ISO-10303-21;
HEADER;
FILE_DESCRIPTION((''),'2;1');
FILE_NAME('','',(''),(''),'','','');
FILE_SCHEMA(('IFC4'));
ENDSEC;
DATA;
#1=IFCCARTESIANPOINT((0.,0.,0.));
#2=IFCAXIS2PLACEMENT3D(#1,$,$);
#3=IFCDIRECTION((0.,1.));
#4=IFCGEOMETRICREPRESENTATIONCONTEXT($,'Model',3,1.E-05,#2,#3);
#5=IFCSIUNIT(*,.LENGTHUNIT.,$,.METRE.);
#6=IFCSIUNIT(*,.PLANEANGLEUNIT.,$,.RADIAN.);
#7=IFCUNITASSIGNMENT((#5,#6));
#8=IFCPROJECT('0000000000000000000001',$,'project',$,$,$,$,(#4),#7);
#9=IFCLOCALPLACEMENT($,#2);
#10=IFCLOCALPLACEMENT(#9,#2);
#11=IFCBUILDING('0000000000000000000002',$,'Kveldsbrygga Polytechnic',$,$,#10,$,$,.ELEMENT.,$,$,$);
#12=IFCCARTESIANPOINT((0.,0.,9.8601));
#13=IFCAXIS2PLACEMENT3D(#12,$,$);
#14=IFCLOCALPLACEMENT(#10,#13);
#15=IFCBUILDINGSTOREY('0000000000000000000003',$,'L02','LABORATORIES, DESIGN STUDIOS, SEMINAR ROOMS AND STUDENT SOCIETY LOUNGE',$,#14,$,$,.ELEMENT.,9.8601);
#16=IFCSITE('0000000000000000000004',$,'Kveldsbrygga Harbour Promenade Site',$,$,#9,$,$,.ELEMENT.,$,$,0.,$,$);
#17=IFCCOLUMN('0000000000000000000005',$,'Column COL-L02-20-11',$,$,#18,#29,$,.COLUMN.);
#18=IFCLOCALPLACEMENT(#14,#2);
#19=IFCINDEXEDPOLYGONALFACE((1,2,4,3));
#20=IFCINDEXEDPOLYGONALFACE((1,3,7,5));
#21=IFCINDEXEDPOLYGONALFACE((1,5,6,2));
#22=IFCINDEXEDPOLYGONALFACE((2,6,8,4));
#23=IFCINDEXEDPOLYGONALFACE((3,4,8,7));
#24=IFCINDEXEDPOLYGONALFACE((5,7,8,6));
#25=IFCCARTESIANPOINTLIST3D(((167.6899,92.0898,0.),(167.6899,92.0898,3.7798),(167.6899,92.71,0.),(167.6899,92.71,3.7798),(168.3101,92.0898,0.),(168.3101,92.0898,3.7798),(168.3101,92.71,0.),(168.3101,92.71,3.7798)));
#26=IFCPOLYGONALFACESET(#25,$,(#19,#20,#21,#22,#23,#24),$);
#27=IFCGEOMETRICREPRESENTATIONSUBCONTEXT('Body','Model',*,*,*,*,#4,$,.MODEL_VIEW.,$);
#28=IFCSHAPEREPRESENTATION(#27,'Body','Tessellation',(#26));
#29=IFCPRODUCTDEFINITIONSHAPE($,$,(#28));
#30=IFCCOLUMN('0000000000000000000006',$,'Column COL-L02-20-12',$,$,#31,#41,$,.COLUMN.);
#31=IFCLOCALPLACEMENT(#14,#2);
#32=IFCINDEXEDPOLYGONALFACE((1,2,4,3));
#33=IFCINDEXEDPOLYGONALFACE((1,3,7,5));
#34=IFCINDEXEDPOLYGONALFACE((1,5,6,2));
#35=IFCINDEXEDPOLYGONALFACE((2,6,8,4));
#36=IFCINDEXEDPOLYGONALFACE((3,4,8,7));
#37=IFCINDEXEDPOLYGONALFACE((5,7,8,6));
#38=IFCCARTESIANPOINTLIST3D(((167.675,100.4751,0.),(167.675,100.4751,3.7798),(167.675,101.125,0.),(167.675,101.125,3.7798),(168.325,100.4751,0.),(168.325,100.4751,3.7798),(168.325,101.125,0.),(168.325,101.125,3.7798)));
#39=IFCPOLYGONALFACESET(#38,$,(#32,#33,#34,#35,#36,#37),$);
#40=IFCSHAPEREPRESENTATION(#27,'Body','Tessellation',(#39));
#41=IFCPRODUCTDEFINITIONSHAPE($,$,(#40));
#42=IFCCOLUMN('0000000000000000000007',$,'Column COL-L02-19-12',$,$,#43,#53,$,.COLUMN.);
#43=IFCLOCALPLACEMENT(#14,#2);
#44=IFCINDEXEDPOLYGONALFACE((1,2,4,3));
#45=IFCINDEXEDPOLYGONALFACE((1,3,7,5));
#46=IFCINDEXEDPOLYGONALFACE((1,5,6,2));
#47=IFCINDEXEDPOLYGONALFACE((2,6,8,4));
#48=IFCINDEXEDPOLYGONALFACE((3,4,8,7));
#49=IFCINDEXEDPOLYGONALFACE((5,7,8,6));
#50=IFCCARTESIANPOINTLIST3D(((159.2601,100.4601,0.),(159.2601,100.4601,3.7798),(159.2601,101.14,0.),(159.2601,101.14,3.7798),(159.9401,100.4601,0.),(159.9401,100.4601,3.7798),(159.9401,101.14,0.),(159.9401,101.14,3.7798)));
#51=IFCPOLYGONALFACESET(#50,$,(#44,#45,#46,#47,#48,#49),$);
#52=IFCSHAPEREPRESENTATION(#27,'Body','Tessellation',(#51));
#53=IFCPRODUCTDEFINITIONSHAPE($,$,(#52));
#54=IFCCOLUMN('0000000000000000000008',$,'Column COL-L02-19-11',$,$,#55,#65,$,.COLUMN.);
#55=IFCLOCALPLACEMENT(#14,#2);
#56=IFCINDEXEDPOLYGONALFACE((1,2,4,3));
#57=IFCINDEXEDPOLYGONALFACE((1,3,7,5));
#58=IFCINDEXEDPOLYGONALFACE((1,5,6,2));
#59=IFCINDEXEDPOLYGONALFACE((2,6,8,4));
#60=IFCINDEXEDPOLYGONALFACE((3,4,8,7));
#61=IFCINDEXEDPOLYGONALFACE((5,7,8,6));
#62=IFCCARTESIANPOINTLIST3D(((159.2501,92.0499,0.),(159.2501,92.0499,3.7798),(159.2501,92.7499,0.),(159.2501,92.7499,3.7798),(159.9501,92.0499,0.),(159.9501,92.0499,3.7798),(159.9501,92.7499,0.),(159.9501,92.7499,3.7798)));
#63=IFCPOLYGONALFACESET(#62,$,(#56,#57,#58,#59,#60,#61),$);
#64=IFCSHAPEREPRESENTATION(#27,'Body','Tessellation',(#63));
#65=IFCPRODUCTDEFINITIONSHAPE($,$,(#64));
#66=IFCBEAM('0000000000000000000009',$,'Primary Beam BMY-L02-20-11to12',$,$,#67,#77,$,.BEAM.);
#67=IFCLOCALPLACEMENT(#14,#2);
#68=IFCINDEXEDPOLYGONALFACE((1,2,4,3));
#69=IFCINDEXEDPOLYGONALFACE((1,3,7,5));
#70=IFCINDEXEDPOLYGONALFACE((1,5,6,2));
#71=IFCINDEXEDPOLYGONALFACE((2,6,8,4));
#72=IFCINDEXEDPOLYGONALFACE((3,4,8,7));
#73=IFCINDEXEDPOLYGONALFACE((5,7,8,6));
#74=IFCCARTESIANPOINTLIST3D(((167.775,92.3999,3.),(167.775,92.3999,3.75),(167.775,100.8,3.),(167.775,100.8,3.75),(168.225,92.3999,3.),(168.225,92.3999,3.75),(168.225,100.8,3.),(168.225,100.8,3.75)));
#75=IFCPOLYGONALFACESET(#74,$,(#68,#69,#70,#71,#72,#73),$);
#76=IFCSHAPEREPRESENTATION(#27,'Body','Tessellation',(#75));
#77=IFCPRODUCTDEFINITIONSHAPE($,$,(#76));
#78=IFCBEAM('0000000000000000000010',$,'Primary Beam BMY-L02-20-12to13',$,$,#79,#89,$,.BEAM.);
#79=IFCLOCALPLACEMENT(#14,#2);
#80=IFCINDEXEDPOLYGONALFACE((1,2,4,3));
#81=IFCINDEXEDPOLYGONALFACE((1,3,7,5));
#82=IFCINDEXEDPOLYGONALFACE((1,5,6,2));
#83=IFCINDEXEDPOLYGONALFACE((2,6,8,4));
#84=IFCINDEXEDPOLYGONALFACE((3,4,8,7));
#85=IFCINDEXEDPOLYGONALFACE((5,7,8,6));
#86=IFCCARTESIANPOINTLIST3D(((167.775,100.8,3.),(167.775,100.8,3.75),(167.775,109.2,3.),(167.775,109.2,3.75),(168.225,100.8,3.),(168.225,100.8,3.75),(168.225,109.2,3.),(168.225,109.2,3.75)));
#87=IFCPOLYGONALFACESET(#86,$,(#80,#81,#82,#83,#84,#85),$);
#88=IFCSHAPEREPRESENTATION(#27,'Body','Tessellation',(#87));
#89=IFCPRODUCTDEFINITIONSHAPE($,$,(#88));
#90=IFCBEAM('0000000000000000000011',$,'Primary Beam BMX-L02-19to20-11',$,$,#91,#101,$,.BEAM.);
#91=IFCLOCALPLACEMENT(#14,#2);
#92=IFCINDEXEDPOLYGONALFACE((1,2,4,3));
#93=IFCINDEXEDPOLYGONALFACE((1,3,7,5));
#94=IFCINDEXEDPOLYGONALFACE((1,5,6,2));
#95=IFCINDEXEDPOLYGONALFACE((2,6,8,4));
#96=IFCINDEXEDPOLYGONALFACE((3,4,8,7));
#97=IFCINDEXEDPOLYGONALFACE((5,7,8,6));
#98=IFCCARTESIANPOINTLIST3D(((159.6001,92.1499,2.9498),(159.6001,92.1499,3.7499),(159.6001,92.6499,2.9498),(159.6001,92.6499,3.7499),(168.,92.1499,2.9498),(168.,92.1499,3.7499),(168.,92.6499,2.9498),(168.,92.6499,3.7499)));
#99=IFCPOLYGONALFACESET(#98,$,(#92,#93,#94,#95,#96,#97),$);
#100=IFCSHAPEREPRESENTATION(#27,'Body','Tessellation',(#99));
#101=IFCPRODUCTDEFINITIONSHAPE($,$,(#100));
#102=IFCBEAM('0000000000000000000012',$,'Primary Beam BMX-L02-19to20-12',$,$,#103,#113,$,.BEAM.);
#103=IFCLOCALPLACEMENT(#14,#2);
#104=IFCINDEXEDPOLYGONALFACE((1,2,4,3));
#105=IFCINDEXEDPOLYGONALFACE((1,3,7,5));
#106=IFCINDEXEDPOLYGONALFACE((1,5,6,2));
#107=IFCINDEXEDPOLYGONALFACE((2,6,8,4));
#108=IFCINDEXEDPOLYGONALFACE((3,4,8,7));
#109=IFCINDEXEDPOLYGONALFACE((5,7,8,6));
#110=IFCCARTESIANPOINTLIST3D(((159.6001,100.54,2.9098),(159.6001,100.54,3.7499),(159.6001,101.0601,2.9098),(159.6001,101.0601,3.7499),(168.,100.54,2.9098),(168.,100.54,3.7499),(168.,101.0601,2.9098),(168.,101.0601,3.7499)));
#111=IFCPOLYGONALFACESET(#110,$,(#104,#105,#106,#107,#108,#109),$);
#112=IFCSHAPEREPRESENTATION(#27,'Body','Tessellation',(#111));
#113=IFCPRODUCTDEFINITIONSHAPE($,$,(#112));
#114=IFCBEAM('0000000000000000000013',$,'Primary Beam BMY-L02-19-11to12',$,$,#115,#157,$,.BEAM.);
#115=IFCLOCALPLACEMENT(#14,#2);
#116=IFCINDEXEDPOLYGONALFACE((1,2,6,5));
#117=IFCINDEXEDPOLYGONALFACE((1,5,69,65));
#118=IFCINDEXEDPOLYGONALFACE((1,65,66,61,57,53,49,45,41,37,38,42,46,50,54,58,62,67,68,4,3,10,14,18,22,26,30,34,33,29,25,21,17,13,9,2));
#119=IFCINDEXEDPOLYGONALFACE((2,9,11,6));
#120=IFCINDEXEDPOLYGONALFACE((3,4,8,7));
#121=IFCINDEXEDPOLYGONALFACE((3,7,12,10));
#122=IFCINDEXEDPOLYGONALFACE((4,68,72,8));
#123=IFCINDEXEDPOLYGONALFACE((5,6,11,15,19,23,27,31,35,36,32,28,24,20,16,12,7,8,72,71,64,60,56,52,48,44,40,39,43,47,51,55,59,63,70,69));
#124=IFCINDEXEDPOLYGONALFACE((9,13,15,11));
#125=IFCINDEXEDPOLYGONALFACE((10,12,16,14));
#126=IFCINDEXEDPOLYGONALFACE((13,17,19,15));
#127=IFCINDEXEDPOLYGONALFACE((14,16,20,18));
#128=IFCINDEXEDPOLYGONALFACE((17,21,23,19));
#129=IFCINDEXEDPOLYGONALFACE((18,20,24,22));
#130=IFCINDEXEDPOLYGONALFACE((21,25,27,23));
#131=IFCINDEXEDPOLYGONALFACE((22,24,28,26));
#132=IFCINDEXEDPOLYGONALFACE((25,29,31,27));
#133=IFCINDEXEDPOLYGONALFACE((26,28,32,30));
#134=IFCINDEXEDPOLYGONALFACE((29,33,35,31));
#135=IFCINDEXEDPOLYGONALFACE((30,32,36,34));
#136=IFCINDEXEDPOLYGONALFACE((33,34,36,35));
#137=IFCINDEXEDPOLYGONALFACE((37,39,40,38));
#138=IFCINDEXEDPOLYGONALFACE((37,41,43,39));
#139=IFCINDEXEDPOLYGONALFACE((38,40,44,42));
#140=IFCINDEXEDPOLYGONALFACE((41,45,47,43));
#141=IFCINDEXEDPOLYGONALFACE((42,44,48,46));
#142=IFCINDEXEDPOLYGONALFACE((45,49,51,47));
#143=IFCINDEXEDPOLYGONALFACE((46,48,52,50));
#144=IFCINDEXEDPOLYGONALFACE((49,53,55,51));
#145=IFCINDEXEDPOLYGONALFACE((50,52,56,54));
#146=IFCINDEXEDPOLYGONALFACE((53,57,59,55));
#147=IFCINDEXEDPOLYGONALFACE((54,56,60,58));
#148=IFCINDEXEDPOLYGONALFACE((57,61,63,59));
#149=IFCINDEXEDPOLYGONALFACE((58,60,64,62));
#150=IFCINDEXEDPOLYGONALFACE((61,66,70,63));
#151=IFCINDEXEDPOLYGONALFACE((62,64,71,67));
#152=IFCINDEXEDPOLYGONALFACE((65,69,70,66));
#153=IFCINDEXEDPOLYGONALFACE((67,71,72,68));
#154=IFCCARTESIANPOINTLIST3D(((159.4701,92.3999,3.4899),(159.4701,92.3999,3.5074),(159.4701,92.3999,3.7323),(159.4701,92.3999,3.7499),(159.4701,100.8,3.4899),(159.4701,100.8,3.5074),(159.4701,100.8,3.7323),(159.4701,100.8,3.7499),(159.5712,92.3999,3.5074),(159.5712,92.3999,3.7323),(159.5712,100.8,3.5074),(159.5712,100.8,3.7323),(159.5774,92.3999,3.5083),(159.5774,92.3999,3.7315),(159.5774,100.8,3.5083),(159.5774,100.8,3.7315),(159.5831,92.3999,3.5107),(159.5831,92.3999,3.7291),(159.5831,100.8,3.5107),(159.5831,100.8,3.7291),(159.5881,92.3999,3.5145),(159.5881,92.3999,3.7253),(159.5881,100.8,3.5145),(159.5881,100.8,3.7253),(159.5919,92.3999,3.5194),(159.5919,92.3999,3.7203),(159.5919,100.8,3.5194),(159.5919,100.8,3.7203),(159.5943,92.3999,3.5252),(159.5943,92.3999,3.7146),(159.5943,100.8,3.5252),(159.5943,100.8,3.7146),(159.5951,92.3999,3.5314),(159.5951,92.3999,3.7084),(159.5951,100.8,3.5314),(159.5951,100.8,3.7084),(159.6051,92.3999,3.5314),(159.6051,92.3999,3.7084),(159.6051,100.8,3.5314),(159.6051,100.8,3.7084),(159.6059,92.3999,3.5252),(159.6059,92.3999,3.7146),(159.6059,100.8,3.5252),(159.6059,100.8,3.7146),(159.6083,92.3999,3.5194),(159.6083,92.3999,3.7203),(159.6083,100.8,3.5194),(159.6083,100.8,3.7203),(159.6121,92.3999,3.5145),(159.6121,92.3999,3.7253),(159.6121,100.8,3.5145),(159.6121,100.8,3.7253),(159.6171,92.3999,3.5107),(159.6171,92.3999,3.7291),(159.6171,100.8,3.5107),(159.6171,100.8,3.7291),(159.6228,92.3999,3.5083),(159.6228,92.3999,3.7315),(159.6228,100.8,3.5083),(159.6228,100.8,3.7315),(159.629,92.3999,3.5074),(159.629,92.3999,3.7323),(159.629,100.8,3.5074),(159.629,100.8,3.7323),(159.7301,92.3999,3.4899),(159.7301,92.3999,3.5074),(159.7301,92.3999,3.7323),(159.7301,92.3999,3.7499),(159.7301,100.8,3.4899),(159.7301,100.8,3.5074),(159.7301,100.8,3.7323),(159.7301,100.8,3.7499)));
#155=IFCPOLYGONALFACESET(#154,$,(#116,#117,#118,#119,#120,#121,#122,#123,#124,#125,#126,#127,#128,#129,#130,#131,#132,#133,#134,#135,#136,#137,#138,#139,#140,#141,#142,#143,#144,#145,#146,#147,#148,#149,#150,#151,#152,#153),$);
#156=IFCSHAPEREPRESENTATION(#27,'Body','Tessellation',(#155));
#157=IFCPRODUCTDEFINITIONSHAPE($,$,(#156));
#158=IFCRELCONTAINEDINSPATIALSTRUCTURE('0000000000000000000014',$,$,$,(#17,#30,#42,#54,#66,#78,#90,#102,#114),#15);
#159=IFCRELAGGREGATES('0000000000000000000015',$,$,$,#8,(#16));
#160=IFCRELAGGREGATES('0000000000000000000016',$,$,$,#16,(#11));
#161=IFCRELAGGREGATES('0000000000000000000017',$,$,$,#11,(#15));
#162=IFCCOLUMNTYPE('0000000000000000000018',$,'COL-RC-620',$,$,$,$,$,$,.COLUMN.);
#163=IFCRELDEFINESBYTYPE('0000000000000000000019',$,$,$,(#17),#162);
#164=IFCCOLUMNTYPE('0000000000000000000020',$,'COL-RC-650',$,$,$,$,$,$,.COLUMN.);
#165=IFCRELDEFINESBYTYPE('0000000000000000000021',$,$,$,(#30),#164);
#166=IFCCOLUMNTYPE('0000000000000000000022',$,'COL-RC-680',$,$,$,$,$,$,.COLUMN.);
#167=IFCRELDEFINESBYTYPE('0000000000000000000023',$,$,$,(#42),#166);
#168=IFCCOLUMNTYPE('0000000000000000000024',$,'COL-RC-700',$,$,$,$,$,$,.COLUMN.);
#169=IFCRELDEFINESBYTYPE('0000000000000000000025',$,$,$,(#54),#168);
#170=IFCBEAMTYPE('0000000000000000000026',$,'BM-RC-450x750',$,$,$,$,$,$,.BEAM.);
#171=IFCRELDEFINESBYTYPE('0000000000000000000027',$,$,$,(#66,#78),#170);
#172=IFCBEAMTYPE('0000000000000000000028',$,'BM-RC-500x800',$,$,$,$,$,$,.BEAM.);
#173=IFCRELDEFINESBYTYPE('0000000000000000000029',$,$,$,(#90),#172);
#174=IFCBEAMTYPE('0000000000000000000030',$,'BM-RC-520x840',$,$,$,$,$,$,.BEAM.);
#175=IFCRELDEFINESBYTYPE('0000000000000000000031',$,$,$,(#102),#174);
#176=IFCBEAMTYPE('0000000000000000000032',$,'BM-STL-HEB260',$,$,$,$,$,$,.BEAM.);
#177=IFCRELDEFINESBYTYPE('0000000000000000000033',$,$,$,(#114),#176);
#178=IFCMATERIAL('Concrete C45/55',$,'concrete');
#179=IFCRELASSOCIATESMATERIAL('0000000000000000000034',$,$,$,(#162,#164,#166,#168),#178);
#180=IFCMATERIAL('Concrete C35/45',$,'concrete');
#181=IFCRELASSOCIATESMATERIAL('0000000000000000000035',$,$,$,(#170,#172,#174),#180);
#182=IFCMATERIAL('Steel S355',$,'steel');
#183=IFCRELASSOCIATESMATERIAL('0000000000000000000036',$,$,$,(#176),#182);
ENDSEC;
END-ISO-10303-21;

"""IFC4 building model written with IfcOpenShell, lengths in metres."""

from ifc_helpers import new_model, si_unit, direction, frame, origin, origin_2d, place, context, subcontext, project, spatial, rectangle, i_section, extrude, material, material_profile, profile_set, type_object, element, save


model = new_model("IFC4")

# Units and contexts
model_context = context("Model", 3, precision=1e-05, world=origin(), true_north=direction((0.0, 1.0)))
body_context = subcontext(model_context, "Body", "Model", "MODEL_VIEW")
ifc_project = project(units=[si_unit("LENGTHUNIT", "METRE"), si_unit("PLANEANGLEUNIT", "RADIAN")], contexts=[model_context])

# Site, building, storey
site_placement = place(None, origin())
site = spatial("IfcSite", under=ifc_project, at=site_placement, Name="Kveldsbrygga Harbour Promenade Site", CompositionType="ELEMENT", RefElevation=0.0)
building_placement = place(site_placement, origin())
building = spatial("IfcBuilding", under=site, at=building_placement, Name="Kveldsbrygga Polytechnic", CompositionType="ELEMENT")
storey_placement = place(building_placement, frame((0.0, 0.0, 9.8601)))
storey = spatial("IfcBuildingStorey", under=building, at=storey_placement, Name="L02", Description="LABORATORIES, DESIGN STUDIOS, SEMINAR ROOMS AND STUDENT SOCIETY LOUNGE", CompositionType="ELEMENT", Elevation=9.8601)

# Columns
ifc_material_1 = material(Name="Concrete C45/55", Category="concrete")
ifc_material_profile_1 = material_profile(ifc_material_1, rectangle(XDim=0.6201, YDim=0.6201, at=origin_2d()), Name="RC 620x620")
ifc_profile_set_1 = profile_set([ifc_material_profile_1], Name="Concrete C45/55")
column_type_1 = type_object("IfcColumnType", Name="COL-RC-620", PredefinedType="COLUMN", material=ifc_profile_set_1)
column_1_placement = place(storey_placement, frame((168.0, 92.3999, 0.0), z_axis=(0.0, 0.0, 1.0), x_axis=(1.0, 0.0, 0.0)))
element("IfcColumn", 1, at=column_1_placement, inside=storey, type_object=column_type_1, Name="Column COL-L02-20-11", PredefinedType="COLUMN", context=body_context, shape_type="SweptSolid", body=[
    extrude(rectangle(XDim=0.6201, YDim=0.6201, at=origin_2d()), origin(), (0.0, 0.0, 1.0), 3.7798),
])
ifc_material_profile_2 = material_profile(ifc_material_1, rectangle(XDim=0.6499, YDim=0.6499, at=origin_2d()), Name="RC 650x650")
ifc_profile_set_2 = profile_set([ifc_material_profile_2], Name="Concrete C45/55")
column_type_2 = type_object("IfcColumnType", Name="COL-RC-650", PredefinedType="COLUMN", material=ifc_profile_set_2)
column_2_placement = place(storey_placement, frame((168.0, 100.8, 0.0), z_axis=(0.0, 0.0, 1.0), x_axis=(1.0, 0.0, 0.0)))
element("IfcColumn", 2, at=column_2_placement, inside=storey, type_object=column_type_2, Name="Column COL-L02-20-12", PredefinedType="COLUMN", context=body_context, shape_type="SweptSolid", body=[
    extrude(rectangle(XDim=0.6499, YDim=0.6499, at=origin_2d()), origin(), (0.0, 0.0, 1.0), 3.7798),
])
ifc_material_profile_3 = material_profile(ifc_material_1, rectangle(XDim=0.6799, YDim=0.6799, at=origin_2d()), Name="RC 680x680")
ifc_profile_set_3 = profile_set([ifc_material_profile_3], Name="Concrete C45/55")
column_type_3 = type_object("IfcColumnType", Name="COL-RC-680", PredefinedType="COLUMN", material=ifc_profile_set_3)
column_3_placement = place(storey_placement, frame((159.6001, 100.8, 0.0), z_axis=(0.0, 0.0, 1.0), x_axis=(1.0, 0.0, 0.0)))
element("IfcColumn", 3, at=column_3_placement, inside=storey, type_object=column_type_3, Name="Column COL-L02-19-12", PredefinedType="COLUMN", context=body_context, shape_type="SweptSolid", body=[
    extrude(rectangle(XDim=0.6799, YDim=0.6799, at=origin_2d()), origin(), (0.0, 0.0, 1.0), 3.7798),
])
ifc_material_profile_4 = material_profile(ifc_material_1, rectangle(XDim=0.7, YDim=0.7, at=origin_2d()), Name="RC 700x700")
ifc_profile_set_4 = profile_set([ifc_material_profile_4], Name="Concrete C45/55")
column_type_4 = type_object("IfcColumnType", Name="COL-RC-700", PredefinedType="COLUMN", material=ifc_profile_set_4)
column_4_placement = place(storey_placement, frame((159.6001, 92.3999, 0.0), z_axis=(0.0, 0.0, 1.0), x_axis=(1.0, 0.0, 0.0)))
element("IfcColumn", 4, at=column_4_placement, inside=storey, type_object=column_type_4, Name="Column COL-L02-19-11", PredefinedType="COLUMN", context=body_context, shape_type="SweptSolid", body=[
    extrude(rectangle(XDim=0.7, YDim=0.7, at=origin_2d()), origin(), (0.0, 0.0, 1.0), 3.7798),
])

# Beams
ifc_material_2 = material(Name="Concrete C35/45", Category="concrete")
ifc_material_profile_5 = material_profile(ifc_material_2, rectangle(XDim=0.45, YDim=0.75, at=origin_2d()), Name="RC 450x750")
ifc_profile_set_5 = profile_set([ifc_material_profile_5], Name="Concrete C35/45")
beam_type_1 = type_object("IfcBeamType", Name="BM-RC-450x750", PredefinedType="BEAM", material=ifc_profile_set_5)
beam_1_placement = place(storey_placement, frame((168.0, 92.3999, 3.375), z_axis=(0.0, 1.0, 0.0), x_axis=(-1.0, 0.0, 0.0)))
element("IfcBeam", 5, at=beam_1_placement, inside=storey, type_object=beam_type_1, Name="Primary Beam BMY-L02-20-11to12", PredefinedType="BEAM", context=body_context, shape_type="SweptSolid", body=[
    extrude(rectangle(XDim=0.45, YDim=0.75, at=origin_2d()), origin(), (0.0, 0.0, 1.0), 8.4001),
])
beam_2_placement = place(storey_placement, frame((168.0, 100.8, 3.375), z_axis=(0.0, 1.0, 0.0), x_axis=(-1.0, 0.0, 0.0)))
element("IfcBeam", 6, at=beam_2_placement, inside=storey, type_object=beam_type_1, Name="Primary Beam BMY-L02-20-12to13", PredefinedType="BEAM", context=body_context, shape_type="SweptSolid", body=[
    extrude(rectangle(XDim=0.45, YDim=0.75, at=origin_2d()), origin(), (0.0, 0.0, 1.0), 8.3999),
])
ifc_material_profile_6 = material_profile(ifc_material_2, rectangle(XDim=0.5, YDim=0.8, at=origin_2d()), Name="RC 500x800")
ifc_profile_set_6 = profile_set([ifc_material_profile_6], Name="Concrete C35/45")
beam_type_2 = type_object("IfcBeamType", Name="BM-RC-500x800", PredefinedType="BEAM", material=ifc_profile_set_6)
beam_3_placement = place(storey_placement, frame((159.6001, 92.3999, 3.3499), z_axis=(1.0, 0.0, 0.0), x_axis=(0.0, 1.0, 0.0)))
element("IfcBeam", 7, at=beam_3_placement, inside=storey, type_object=beam_type_2, Name="Primary Beam BMX-L02-19to20-11", PredefinedType="BEAM", context=body_context, shape_type="SweptSolid", body=[
    extrude(rectangle(XDim=0.5, YDim=0.8, at=origin_2d()), origin(), (0.0, 0.0, 1.0), 8.3999),
])
ifc_material_profile_7 = material_profile(ifc_material_2, rectangle(XDim=0.52, YDim=0.8401, at=origin_2d()), Name="RC 520x840")
ifc_profile_set_7 = profile_set([ifc_material_profile_7], Name="Concrete C35/45")
beam_type_3 = type_object("IfcBeamType", Name="BM-RC-520x840", PredefinedType="BEAM", material=ifc_profile_set_7)
beam_4_placement = place(storey_placement, frame((159.6001, 100.8, 3.3298), z_axis=(1.0, 0.0, 0.0), x_axis=(0.0, 1.0, 0.0)))
element("IfcBeam", 8, at=beam_4_placement, inside=storey, type_object=beam_type_3, Name="Primary Beam BMX-L02-19to20-12", PredefinedType="BEAM", context=body_context, shape_type="SweptSolid", body=[
    extrude(rectangle(XDim=0.52, YDim=0.8401, at=origin_2d()), origin(), (0.0, 0.0, 1.0), 8.3999),
])
ifc_material_3 = material(Name="Steel S355", Category="steel")
ifc_material_profile_8 = material_profile(ifc_material_3, i_section(OverallWidth=0.26, OverallDepth=0.26, WebThickness=0.01, FlangeThickness=0.0176, FilletRadius=0.0239, at=origin_2d()), Name="HEB 260")
ifc_profile_set_8 = profile_set([ifc_material_profile_8], Name="Steel S355")
beam_type_4 = type_object("IfcBeamType", Name="BM-STL-HEB260", PredefinedType="BEAM", material=ifc_profile_set_8)
beam_5_placement = place(storey_placement, frame((159.6001, 92.3999, 3.6199), z_axis=(0.0, 1.0, 0.0), x_axis=(-1.0, 0.0, 0.0)))
element("IfcBeam", 9, at=beam_5_placement, inside=storey, type_object=beam_type_4, Name="Primary Beam BMY-L02-19-11to12", PredefinedType="BEAM", context=body_context, shape_type="SweptSolid", body=[
    extrude(i_section(OverallWidth=0.26, OverallDepth=0.26, WebThickness=0.01, FlangeThickness=0.0176, FilletRadius=0.0239, at=origin_2d()), origin(), (0.0, 0.0, 1.0), 8.4001),
])

save(model, "model.ifc")
